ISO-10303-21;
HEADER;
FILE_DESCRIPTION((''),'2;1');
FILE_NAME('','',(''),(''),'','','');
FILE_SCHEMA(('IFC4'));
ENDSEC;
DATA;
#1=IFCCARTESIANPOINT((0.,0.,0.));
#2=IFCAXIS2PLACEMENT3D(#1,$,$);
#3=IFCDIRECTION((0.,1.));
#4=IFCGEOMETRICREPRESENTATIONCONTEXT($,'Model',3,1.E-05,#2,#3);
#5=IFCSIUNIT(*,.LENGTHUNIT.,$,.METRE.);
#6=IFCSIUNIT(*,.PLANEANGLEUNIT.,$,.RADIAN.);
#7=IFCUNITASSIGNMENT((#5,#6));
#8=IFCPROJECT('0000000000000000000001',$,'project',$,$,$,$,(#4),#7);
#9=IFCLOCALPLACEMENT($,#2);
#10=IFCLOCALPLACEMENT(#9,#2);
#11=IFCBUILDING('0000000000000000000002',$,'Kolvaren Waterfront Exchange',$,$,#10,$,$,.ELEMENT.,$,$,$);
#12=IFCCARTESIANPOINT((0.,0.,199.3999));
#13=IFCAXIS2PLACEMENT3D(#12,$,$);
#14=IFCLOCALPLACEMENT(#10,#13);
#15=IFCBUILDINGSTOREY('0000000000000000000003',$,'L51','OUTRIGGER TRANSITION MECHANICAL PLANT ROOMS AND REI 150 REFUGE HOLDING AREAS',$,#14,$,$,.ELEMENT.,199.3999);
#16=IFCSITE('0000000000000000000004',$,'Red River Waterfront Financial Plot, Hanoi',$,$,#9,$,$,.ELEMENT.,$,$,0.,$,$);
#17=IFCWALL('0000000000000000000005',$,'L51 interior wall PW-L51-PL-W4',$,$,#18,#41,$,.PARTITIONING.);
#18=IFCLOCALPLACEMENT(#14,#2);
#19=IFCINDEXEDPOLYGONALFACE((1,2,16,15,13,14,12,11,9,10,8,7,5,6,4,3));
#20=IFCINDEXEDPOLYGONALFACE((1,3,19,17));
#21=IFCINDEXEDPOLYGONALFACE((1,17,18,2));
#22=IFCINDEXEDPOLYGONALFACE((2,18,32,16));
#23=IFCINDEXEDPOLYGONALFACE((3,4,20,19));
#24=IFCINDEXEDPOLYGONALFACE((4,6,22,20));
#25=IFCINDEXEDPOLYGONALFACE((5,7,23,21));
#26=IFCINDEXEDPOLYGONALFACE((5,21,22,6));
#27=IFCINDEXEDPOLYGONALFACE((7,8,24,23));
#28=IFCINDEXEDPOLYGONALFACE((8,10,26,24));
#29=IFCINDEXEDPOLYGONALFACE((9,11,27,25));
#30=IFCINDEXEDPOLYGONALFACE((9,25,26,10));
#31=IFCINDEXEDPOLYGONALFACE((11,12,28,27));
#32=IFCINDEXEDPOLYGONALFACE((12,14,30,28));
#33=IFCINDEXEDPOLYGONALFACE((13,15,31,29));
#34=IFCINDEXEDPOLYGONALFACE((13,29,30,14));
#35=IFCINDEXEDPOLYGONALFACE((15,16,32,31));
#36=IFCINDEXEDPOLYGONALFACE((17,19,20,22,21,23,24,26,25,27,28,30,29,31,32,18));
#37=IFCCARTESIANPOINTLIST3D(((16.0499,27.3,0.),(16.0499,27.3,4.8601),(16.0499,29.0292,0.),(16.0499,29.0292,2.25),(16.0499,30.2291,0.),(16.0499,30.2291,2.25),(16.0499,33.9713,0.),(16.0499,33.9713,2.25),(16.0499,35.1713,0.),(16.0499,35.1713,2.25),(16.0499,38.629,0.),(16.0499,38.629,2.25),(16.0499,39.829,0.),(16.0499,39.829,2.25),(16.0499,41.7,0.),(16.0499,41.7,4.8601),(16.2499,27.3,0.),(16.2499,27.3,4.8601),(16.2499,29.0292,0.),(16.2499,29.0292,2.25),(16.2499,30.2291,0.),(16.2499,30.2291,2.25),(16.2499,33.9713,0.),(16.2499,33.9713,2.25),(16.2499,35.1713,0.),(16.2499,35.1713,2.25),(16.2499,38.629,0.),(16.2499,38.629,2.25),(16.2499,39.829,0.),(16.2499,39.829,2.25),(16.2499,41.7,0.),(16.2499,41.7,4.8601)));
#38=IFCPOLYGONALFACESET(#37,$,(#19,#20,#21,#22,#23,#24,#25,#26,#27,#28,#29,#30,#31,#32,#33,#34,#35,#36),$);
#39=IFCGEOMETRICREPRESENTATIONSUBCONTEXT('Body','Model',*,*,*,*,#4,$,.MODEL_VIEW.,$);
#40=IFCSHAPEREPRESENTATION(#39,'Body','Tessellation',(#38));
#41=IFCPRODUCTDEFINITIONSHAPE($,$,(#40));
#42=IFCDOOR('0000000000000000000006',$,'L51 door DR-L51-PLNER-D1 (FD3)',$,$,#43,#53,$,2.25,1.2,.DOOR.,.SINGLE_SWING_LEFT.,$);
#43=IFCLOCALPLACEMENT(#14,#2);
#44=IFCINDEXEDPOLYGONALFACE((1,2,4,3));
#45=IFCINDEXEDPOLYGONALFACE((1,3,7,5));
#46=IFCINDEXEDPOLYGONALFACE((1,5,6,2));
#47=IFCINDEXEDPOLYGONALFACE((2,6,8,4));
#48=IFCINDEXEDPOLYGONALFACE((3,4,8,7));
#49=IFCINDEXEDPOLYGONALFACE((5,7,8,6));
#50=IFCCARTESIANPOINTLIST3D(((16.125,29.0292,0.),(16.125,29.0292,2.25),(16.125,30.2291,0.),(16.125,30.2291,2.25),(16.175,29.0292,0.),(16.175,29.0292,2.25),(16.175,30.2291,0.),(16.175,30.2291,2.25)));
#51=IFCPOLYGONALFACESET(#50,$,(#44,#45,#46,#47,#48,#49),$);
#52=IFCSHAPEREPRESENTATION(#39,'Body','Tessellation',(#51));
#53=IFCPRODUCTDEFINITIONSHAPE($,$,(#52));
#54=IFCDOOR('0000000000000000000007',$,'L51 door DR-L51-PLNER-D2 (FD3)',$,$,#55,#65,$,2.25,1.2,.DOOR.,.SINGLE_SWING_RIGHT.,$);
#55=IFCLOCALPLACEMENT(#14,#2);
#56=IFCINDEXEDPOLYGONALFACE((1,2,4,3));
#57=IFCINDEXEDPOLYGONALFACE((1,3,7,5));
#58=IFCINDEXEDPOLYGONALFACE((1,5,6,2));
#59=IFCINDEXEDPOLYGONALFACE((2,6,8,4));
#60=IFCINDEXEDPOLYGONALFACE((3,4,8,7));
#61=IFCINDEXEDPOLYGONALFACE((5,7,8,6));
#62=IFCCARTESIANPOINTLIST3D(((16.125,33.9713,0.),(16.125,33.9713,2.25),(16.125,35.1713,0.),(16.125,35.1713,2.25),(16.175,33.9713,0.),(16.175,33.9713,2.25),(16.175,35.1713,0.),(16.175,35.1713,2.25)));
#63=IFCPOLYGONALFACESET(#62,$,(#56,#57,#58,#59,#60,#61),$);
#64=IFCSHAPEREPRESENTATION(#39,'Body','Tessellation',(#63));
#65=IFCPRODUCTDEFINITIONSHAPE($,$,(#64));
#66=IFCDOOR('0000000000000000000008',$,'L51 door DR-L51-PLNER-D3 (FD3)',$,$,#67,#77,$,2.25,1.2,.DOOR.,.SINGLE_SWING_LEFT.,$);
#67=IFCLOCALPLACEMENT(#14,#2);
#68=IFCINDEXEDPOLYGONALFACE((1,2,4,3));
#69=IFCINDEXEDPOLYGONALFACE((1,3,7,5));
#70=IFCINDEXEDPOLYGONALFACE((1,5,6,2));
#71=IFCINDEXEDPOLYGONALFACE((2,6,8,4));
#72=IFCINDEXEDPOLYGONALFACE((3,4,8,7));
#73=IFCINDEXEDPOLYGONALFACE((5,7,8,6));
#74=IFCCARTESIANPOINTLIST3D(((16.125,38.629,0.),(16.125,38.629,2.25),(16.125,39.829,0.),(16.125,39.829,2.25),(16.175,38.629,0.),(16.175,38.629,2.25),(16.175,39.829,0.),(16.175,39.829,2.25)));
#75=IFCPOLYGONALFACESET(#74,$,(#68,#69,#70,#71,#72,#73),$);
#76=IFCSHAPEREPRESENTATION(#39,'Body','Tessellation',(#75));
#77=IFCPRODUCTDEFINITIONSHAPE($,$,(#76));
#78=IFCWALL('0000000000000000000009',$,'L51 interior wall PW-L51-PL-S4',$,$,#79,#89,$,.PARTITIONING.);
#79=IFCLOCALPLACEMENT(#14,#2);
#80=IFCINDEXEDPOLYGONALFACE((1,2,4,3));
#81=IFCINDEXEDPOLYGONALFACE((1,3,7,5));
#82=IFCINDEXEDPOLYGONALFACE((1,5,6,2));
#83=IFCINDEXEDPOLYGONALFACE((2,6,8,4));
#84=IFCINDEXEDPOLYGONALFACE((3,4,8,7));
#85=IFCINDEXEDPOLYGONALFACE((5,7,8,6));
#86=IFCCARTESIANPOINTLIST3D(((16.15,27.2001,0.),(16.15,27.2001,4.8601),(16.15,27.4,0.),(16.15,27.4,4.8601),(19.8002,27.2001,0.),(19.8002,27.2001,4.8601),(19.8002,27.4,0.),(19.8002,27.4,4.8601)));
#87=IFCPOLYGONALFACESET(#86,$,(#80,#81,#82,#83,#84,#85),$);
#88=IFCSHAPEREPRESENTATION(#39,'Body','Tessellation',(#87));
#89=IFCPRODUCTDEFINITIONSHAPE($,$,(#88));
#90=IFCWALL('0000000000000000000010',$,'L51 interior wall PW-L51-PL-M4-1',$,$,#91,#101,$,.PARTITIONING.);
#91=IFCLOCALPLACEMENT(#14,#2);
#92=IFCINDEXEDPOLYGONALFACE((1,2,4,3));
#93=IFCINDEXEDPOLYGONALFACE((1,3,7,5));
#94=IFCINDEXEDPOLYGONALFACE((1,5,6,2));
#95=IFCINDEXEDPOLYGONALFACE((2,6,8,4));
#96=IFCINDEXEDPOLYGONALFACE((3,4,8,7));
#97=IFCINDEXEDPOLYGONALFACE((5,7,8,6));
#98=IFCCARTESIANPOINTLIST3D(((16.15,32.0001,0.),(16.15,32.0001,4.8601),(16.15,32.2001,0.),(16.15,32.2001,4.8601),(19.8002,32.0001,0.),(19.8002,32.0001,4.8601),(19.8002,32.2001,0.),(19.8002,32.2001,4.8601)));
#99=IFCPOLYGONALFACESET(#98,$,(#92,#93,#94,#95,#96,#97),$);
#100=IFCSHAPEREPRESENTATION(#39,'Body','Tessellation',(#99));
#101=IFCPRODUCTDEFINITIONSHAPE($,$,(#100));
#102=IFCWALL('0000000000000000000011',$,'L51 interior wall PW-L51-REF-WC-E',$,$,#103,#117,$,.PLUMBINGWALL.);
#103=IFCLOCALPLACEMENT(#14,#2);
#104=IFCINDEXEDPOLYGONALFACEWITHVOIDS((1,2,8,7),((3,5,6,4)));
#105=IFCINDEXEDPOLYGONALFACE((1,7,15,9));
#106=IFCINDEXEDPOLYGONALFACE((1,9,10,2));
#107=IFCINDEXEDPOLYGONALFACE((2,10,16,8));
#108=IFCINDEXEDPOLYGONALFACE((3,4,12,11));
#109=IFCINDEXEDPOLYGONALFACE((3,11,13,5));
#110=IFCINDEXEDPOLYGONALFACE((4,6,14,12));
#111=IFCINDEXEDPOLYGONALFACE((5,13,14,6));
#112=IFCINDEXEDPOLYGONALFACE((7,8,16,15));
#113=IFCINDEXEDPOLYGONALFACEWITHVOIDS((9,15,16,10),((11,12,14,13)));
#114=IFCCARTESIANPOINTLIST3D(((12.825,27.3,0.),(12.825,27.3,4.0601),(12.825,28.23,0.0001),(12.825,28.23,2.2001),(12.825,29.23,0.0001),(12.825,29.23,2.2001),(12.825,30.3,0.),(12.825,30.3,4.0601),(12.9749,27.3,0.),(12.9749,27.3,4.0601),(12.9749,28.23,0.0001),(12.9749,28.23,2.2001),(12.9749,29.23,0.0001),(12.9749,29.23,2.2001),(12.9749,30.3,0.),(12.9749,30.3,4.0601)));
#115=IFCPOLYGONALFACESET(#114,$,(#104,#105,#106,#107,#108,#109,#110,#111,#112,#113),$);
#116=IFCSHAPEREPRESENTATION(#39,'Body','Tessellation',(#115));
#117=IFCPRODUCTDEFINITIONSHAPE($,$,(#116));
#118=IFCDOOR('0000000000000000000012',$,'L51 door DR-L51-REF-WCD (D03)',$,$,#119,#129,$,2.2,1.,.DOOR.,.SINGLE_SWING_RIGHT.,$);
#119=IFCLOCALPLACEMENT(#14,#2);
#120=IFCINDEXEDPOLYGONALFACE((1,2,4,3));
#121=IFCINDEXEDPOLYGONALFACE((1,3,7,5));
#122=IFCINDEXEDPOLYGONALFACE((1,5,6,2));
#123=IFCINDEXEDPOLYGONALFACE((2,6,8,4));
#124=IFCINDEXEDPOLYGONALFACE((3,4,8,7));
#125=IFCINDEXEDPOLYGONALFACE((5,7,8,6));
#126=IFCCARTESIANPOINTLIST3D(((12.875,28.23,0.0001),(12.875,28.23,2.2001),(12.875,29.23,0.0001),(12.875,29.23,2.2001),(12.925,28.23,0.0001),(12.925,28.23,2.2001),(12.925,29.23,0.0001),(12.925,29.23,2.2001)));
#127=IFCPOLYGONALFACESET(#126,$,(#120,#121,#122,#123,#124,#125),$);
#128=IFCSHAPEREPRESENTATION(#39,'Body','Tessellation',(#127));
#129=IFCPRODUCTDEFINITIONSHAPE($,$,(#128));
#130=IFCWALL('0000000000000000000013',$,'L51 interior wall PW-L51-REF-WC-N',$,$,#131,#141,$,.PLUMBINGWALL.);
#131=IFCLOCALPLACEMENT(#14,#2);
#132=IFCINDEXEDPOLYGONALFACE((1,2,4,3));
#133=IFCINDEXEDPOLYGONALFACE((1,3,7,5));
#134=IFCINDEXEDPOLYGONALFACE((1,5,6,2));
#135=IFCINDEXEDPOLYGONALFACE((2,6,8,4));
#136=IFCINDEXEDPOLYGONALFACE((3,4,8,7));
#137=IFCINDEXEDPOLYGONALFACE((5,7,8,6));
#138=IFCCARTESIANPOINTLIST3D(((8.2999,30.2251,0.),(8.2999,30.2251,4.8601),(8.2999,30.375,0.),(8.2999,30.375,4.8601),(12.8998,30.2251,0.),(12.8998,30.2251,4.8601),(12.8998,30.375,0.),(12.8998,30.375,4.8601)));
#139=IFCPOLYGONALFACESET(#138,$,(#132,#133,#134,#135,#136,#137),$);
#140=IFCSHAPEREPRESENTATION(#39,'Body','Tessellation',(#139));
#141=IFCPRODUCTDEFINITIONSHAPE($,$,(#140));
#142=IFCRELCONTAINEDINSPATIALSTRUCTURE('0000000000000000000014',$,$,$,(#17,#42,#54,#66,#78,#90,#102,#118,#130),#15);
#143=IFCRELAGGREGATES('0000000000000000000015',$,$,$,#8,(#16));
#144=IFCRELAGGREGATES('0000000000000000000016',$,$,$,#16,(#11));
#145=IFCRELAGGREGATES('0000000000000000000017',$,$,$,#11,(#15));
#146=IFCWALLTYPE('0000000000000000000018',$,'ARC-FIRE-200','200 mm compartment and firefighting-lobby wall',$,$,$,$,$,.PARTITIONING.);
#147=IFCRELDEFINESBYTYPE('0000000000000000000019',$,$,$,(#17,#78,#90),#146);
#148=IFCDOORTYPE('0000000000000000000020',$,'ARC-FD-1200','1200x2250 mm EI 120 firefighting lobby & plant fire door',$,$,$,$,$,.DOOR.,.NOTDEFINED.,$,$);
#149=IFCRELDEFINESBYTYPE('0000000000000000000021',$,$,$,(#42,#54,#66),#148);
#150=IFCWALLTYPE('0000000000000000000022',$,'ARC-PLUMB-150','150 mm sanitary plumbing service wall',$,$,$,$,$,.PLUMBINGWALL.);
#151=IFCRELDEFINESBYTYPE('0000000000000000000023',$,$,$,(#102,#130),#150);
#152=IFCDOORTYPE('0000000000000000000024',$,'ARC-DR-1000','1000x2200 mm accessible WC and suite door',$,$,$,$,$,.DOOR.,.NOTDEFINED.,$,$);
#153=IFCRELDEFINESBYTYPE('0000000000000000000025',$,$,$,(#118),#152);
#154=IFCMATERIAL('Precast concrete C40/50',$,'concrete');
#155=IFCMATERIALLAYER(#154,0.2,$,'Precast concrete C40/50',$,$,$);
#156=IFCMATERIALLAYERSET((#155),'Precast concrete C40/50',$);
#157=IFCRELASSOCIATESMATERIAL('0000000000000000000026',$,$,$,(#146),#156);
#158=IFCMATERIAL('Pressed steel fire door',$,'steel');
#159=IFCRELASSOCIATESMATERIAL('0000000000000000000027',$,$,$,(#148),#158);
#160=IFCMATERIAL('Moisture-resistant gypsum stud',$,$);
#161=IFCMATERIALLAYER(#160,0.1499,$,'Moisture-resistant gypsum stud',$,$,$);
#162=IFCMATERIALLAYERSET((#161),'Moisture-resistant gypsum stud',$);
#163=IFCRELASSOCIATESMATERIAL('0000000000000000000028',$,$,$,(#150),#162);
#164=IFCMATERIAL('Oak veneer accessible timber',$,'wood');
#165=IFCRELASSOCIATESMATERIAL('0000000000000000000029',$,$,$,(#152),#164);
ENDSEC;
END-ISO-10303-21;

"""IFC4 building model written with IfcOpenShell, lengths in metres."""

from ifc_helpers import new_model, si_unit, direction, frame, frame_2d, origin, place, context, subcontext, project, spatial, rectangle, extrude, material, layer, layer_set, type_object, element, fill, save


model = new_model("IFC4")

# Units and contexts
model_context = context("Model", 3, precision=1e-05, world=origin(), true_north=direction((0.0, 1.0)))
body_context = subcontext(model_context, "Body", "Model", "MODEL_VIEW")
ifc_project = project(units=[si_unit("LENGTHUNIT", "METRE"), si_unit("PLANEANGLEUNIT", "RADIAN")], contexts=[model_context])

# Site, building, storey
site_placement = place(None, origin())
site = spatial("IfcSite", under=ifc_project, at=site_placement, Name="Red River Waterfront Financial Plot, Hanoi", CompositionType="ELEMENT", RefElevation=0.0)
building_placement = place(site_placement, origin())
building = spatial("IfcBuilding", under=site, at=building_placement, Name="Kolvaren Waterfront Exchange", CompositionType="ELEMENT")
storey_placement = place(building_placement, frame((0.0, 0.0, 199.3999)))
storey = spatial("IfcBuildingStorey", under=building, at=storey_placement, Name="L51", Description="OUTRIGGER TRANSITION MECHANICAL PLANT ROOMS AND REI 150 REFUGE HOLDING AREAS", CompositionType="ELEMENT", Elevation=199.3999)

# Wall, openings, doors
ifc_material_1 = material(Name="Precast concrete C40/50", Category="concrete")
ifc_layer_1 = layer(ifc_material_1, 0.2, Name="Precast concrete C40/50")
ifc_layer_set_1 = layer_set([ifc_layer_1], Name="Precast concrete C40/50")
wall_type_1 = type_object("IfcWallType", Name="ARC-FIRE-200", Description="200 mm compartment and firefighting-lobby wall", PredefinedType="PARTITIONING", material=ifc_layer_set_1)
wall_1_placement = place(storey_placement, frame((16.1499, 27.3, 0.0), z_axis=(0.0, 0.0, 1.0), x_axis=(0.0, 1.0, 0.0)))
wall_1 = element("IfcWall", 1, at=wall_1_placement, inside=storey, type_object=wall_type_1, Name="L51 interior wall PW-L51-PL-W4", PredefinedType="PARTITIONING", context=body_context, shape_type="SweptSolid", body=[
    extrude(rectangle(XDim=14.3999, YDim=0.2, at=frame_2d((7.2, 0.0))), origin(), (0.0, 0.0, 1.0), 4.8601),
])
opening_1_placement = place(wall_1_placement, frame((1.729, 0.0, 0.0)))
opening_1 = element("IfcOpeningElement", 2, at=opening_1_placement, cuts=wall_1, PredefinedType="OPENING", context=body_context, shape_type="SweptSolid", body=[
    extrude(rectangle(XDim=1.2, YDim=2.25, at=frame_2d((0.6001, 1.125))), frame((0.0, 0.1099, 0.0), z_axis=(0.0, -1.0, 0.0), x_axis=(1.0, 0.0, 0.0)), (0.0, 0.0, 1.0), 0.22),
])
opening_2_placement = place(wall_1_placement, frame((6.6711, 0.0, 0.0)))
opening_2 = element("IfcOpeningElement", 3, at=opening_2_placement, cuts=wall_1, PredefinedType="OPENING", context=body_context, shape_type="SweptSolid", body=[
    extrude(rectangle(XDim=1.2, YDim=2.25, at=frame_2d((0.6001, 1.125))), frame((0.0, 0.1099, 0.0), z_axis=(0.0, -1.0, 0.0), x_axis=(1.0, 0.0, 0.0)), (0.0, 0.0, 1.0), 0.22),
])
opening_3_placement = place(wall_1_placement, frame((11.3289, 0.0, 0.0)))
opening_3 = element("IfcOpeningElement", 4, at=opening_3_placement, cuts=wall_1, PredefinedType="OPENING", context=body_context, shape_type="SweptSolid", body=[
    extrude(rectangle(XDim=1.2, YDim=2.25, at=frame_2d((0.6001, 1.125))), frame((0.0, 0.1099, 0.0), z_axis=(0.0, -1.0, 0.0), x_axis=(1.0, 0.0, 0.0)), (0.0, 0.0, 1.0), 0.22),
])
ifc_material_2 = material(Name="Pressed steel fire door", Category="steel")
door_type_1 = type_object("IfcDoorType", Name="ARC-FD-1200", Description="1200x2250 mm EI 120 firefighting lobby & plant fire door", OperationType="NOTDEFINED", PredefinedType="DOOR", material=ifc_material_2)
door_1_placement = place(opening_1_placement, origin())
door_1 = element("IfcDoor", 5, at=door_1_placement, inside=storey, type_object=door_type_1, Name="L51 door DR-L51-PLNER-D1 (FD3)", OperationType="SINGLE_SWING_LEFT", OverallHeight=2.25, OverallWidth=1.2, PredefinedType="DOOR", context=body_context, shape_type="SweptSolid", body=[
    extrude(rectangle(XDim=1.2, YDim=2.25, at=frame_2d((0.6001, 1.125))), frame((0.0, 0.0249, 0.0), z_axis=(0.0, -1.0, 0.0), x_axis=(1.0, 0.0, 0.0)), (0.0, 0.0, 1.0), 0.05),
])
fill(opening_1, door_1)
door_2_placement = place(opening_2_placement, origin())
door_2 = element("IfcDoor", 6, at=door_2_placement, inside=storey, type_object=door_type_1, Name="L51 door DR-L51-PLNER-D2 (FD3)", OperationType="SINGLE_SWING_RIGHT", OverallHeight=2.25, OverallWidth=1.2, PredefinedType="DOOR", context=body_context, shape_type="SweptSolid", body=[
    extrude(rectangle(XDim=1.2, YDim=2.25, at=frame_2d((0.6001, 1.125))), frame((0.0, 0.0249, 0.0), z_axis=(0.0, -1.0, 0.0), x_axis=(1.0, 0.0, 0.0)), (0.0, 0.0, 1.0), 0.05),
])
fill(opening_2, door_2)
door_3_placement = place(opening_3_placement, origin())
door_3 = element("IfcDoor", 7, at=door_3_placement, inside=storey, type_object=door_type_1, Name="L51 door DR-L51-PLNER-D3 (FD3)", OperationType="SINGLE_SWING_LEFT", OverallHeight=2.25, OverallWidth=1.2, PredefinedType="DOOR", context=body_context, shape_type="SweptSolid", body=[
    extrude(rectangle(XDim=1.2, YDim=2.25, at=frame_2d((0.6001, 1.125))), frame((0.0, 0.0249, 0.0), z_axis=(0.0, -1.0, 0.0), x_axis=(1.0, 0.0, 0.0)), (0.0, 0.0, 1.0), 0.05),
])
fill(opening_3, door_3)

# Walls
for number, where, z_axis, x_axis, name in (
    (8, (16.1499, 27.3, 0.0), (0.0, 0.0, 1.0), (1.0, 0.0, 0.0), "L51 interior wall PW-L51-PL-S4"),
    (9, (16.1499, 32.1001, 0.0), (0.0, 0.0, 1.0), (1.0, 0.0, 0.0), "L51 interior wall PW-L51-PL-M4-1"),
):
    element("IfcWall", number, at=place(storey_placement, frame(where, z_axis=z_axis, x_axis=x_axis)), inside=storey, type_object=wall_type_1, Name=name, PredefinedType="PARTITIONING", context=body_context, shape_type="SweptSolid", body=[
        extrude(rectangle(XDim=3.6501, YDim=0.2, at=frame_2d((1.8252, 0.0))), origin(), (0.0, 0.0, 1.0), 4.8601),
    ])

# Wall, opening, door
ifc_material_3 = material(Name="Moisture-resistant gypsum stud")
ifc_layer_2 = layer(ifc_material_3, 0.1499, Name="Moisture-resistant gypsum stud")
ifc_layer_set_2 = layer_set([ifc_layer_2], Name="Moisture-resistant gypsum stud")
wall_type_2 = type_object("IfcWallType", Name="ARC-PLUMB-150", Description="150 mm sanitary plumbing service wall", PredefinedType="PLUMBINGWALL", material=ifc_layer_set_2)
wall_2_placement = place(storey_placement, frame((12.8999, 27.3, 0.0), z_axis=(0.0, 0.0, 1.0), x_axis=(0.0, 1.0, 0.0)))
wall_2 = element("IfcWall", 10, at=wall_2_placement, inside=storey, type_object=wall_type_2, Name="L51 interior wall PW-L51-REF-WC-E", PredefinedType="PLUMBINGWALL", context=body_context, shape_type="SweptSolid", body=[
    extrude(rectangle(XDim=3.0, YDim=0.1499, at=frame_2d((1.5, 0.0))), origin(), (0.0, 0.0, 1.0), 4.0601),
])
opening_4_placement = place(wall_2_placement, frame((0.9299, 0.0, 0.0)))
opening_4 = element("IfcOpeningElement", 11, at=opening_4_placement, cuts=wall_2, PredefinedType="OPENING", context=body_context, shape_type="SweptSolid", body=[
    extrude(rectangle(XDim=1.0, YDim=2.2, at=frame_2d((0.5, 1.1001))), frame((0.0, 0.085, 0.0), z_axis=(0.0, -1.0, 0.0), x_axis=(1.0, 0.0, 0.0)), (0.0, 0.0, 1.0), 0.1699),
])
ifc_material_4 = material(Name="Oak veneer accessible timber", Category="wood")
door_type_2 = type_object("IfcDoorType", Name="ARC-DR-1000", Description="1000x2200 mm accessible WC and suite door", OperationType="NOTDEFINED", PredefinedType="DOOR", material=ifc_material_4)
door_4_placement = place(opening_4_placement, origin())
door_4 = element("IfcDoor", 12, at=door_4_placement, inside=storey, type_object=door_type_2, Name="L51 door DR-L51-REF-WCD (D03)", OperationType="SINGLE_SWING_RIGHT", OverallHeight=2.2, OverallWidth=1.0, PredefinedType="DOOR", context=body_context, shape_type="SweptSolid", body=[
    extrude(rectangle(XDim=1.0, YDim=2.2, at=frame_2d((0.5, 1.1001))), frame((0.0, 0.0249, 0.0), z_axis=(0.0, -1.0, 0.0), x_axis=(1.0, 0.0, 0.0)), (0.0, 0.0, 1.0), 0.05),
])
fill(opening_4, door_4)

# Wall
wall_3_placement = place(storey_placement, frame((8.3, 30.3, 0.0), z_axis=(0.0, 0.0, 1.0), x_axis=(1.0, 0.0, 0.0)))
element("IfcWall", 13, at=wall_3_placement, inside=storey, type_object=wall_type_2, Name="L51 interior wall PW-L51-REF-WC-N", PredefinedType="PLUMBINGWALL", context=body_context, shape_type="SweptSolid", body=[
    extrude(rectangle(XDim=4.5999, YDim=0.1499, at=frame_2d((2.2998, 0.0))), origin(), (0.0, 0.0, 1.0), 4.8601),
])

save(model, "model.ifc")
